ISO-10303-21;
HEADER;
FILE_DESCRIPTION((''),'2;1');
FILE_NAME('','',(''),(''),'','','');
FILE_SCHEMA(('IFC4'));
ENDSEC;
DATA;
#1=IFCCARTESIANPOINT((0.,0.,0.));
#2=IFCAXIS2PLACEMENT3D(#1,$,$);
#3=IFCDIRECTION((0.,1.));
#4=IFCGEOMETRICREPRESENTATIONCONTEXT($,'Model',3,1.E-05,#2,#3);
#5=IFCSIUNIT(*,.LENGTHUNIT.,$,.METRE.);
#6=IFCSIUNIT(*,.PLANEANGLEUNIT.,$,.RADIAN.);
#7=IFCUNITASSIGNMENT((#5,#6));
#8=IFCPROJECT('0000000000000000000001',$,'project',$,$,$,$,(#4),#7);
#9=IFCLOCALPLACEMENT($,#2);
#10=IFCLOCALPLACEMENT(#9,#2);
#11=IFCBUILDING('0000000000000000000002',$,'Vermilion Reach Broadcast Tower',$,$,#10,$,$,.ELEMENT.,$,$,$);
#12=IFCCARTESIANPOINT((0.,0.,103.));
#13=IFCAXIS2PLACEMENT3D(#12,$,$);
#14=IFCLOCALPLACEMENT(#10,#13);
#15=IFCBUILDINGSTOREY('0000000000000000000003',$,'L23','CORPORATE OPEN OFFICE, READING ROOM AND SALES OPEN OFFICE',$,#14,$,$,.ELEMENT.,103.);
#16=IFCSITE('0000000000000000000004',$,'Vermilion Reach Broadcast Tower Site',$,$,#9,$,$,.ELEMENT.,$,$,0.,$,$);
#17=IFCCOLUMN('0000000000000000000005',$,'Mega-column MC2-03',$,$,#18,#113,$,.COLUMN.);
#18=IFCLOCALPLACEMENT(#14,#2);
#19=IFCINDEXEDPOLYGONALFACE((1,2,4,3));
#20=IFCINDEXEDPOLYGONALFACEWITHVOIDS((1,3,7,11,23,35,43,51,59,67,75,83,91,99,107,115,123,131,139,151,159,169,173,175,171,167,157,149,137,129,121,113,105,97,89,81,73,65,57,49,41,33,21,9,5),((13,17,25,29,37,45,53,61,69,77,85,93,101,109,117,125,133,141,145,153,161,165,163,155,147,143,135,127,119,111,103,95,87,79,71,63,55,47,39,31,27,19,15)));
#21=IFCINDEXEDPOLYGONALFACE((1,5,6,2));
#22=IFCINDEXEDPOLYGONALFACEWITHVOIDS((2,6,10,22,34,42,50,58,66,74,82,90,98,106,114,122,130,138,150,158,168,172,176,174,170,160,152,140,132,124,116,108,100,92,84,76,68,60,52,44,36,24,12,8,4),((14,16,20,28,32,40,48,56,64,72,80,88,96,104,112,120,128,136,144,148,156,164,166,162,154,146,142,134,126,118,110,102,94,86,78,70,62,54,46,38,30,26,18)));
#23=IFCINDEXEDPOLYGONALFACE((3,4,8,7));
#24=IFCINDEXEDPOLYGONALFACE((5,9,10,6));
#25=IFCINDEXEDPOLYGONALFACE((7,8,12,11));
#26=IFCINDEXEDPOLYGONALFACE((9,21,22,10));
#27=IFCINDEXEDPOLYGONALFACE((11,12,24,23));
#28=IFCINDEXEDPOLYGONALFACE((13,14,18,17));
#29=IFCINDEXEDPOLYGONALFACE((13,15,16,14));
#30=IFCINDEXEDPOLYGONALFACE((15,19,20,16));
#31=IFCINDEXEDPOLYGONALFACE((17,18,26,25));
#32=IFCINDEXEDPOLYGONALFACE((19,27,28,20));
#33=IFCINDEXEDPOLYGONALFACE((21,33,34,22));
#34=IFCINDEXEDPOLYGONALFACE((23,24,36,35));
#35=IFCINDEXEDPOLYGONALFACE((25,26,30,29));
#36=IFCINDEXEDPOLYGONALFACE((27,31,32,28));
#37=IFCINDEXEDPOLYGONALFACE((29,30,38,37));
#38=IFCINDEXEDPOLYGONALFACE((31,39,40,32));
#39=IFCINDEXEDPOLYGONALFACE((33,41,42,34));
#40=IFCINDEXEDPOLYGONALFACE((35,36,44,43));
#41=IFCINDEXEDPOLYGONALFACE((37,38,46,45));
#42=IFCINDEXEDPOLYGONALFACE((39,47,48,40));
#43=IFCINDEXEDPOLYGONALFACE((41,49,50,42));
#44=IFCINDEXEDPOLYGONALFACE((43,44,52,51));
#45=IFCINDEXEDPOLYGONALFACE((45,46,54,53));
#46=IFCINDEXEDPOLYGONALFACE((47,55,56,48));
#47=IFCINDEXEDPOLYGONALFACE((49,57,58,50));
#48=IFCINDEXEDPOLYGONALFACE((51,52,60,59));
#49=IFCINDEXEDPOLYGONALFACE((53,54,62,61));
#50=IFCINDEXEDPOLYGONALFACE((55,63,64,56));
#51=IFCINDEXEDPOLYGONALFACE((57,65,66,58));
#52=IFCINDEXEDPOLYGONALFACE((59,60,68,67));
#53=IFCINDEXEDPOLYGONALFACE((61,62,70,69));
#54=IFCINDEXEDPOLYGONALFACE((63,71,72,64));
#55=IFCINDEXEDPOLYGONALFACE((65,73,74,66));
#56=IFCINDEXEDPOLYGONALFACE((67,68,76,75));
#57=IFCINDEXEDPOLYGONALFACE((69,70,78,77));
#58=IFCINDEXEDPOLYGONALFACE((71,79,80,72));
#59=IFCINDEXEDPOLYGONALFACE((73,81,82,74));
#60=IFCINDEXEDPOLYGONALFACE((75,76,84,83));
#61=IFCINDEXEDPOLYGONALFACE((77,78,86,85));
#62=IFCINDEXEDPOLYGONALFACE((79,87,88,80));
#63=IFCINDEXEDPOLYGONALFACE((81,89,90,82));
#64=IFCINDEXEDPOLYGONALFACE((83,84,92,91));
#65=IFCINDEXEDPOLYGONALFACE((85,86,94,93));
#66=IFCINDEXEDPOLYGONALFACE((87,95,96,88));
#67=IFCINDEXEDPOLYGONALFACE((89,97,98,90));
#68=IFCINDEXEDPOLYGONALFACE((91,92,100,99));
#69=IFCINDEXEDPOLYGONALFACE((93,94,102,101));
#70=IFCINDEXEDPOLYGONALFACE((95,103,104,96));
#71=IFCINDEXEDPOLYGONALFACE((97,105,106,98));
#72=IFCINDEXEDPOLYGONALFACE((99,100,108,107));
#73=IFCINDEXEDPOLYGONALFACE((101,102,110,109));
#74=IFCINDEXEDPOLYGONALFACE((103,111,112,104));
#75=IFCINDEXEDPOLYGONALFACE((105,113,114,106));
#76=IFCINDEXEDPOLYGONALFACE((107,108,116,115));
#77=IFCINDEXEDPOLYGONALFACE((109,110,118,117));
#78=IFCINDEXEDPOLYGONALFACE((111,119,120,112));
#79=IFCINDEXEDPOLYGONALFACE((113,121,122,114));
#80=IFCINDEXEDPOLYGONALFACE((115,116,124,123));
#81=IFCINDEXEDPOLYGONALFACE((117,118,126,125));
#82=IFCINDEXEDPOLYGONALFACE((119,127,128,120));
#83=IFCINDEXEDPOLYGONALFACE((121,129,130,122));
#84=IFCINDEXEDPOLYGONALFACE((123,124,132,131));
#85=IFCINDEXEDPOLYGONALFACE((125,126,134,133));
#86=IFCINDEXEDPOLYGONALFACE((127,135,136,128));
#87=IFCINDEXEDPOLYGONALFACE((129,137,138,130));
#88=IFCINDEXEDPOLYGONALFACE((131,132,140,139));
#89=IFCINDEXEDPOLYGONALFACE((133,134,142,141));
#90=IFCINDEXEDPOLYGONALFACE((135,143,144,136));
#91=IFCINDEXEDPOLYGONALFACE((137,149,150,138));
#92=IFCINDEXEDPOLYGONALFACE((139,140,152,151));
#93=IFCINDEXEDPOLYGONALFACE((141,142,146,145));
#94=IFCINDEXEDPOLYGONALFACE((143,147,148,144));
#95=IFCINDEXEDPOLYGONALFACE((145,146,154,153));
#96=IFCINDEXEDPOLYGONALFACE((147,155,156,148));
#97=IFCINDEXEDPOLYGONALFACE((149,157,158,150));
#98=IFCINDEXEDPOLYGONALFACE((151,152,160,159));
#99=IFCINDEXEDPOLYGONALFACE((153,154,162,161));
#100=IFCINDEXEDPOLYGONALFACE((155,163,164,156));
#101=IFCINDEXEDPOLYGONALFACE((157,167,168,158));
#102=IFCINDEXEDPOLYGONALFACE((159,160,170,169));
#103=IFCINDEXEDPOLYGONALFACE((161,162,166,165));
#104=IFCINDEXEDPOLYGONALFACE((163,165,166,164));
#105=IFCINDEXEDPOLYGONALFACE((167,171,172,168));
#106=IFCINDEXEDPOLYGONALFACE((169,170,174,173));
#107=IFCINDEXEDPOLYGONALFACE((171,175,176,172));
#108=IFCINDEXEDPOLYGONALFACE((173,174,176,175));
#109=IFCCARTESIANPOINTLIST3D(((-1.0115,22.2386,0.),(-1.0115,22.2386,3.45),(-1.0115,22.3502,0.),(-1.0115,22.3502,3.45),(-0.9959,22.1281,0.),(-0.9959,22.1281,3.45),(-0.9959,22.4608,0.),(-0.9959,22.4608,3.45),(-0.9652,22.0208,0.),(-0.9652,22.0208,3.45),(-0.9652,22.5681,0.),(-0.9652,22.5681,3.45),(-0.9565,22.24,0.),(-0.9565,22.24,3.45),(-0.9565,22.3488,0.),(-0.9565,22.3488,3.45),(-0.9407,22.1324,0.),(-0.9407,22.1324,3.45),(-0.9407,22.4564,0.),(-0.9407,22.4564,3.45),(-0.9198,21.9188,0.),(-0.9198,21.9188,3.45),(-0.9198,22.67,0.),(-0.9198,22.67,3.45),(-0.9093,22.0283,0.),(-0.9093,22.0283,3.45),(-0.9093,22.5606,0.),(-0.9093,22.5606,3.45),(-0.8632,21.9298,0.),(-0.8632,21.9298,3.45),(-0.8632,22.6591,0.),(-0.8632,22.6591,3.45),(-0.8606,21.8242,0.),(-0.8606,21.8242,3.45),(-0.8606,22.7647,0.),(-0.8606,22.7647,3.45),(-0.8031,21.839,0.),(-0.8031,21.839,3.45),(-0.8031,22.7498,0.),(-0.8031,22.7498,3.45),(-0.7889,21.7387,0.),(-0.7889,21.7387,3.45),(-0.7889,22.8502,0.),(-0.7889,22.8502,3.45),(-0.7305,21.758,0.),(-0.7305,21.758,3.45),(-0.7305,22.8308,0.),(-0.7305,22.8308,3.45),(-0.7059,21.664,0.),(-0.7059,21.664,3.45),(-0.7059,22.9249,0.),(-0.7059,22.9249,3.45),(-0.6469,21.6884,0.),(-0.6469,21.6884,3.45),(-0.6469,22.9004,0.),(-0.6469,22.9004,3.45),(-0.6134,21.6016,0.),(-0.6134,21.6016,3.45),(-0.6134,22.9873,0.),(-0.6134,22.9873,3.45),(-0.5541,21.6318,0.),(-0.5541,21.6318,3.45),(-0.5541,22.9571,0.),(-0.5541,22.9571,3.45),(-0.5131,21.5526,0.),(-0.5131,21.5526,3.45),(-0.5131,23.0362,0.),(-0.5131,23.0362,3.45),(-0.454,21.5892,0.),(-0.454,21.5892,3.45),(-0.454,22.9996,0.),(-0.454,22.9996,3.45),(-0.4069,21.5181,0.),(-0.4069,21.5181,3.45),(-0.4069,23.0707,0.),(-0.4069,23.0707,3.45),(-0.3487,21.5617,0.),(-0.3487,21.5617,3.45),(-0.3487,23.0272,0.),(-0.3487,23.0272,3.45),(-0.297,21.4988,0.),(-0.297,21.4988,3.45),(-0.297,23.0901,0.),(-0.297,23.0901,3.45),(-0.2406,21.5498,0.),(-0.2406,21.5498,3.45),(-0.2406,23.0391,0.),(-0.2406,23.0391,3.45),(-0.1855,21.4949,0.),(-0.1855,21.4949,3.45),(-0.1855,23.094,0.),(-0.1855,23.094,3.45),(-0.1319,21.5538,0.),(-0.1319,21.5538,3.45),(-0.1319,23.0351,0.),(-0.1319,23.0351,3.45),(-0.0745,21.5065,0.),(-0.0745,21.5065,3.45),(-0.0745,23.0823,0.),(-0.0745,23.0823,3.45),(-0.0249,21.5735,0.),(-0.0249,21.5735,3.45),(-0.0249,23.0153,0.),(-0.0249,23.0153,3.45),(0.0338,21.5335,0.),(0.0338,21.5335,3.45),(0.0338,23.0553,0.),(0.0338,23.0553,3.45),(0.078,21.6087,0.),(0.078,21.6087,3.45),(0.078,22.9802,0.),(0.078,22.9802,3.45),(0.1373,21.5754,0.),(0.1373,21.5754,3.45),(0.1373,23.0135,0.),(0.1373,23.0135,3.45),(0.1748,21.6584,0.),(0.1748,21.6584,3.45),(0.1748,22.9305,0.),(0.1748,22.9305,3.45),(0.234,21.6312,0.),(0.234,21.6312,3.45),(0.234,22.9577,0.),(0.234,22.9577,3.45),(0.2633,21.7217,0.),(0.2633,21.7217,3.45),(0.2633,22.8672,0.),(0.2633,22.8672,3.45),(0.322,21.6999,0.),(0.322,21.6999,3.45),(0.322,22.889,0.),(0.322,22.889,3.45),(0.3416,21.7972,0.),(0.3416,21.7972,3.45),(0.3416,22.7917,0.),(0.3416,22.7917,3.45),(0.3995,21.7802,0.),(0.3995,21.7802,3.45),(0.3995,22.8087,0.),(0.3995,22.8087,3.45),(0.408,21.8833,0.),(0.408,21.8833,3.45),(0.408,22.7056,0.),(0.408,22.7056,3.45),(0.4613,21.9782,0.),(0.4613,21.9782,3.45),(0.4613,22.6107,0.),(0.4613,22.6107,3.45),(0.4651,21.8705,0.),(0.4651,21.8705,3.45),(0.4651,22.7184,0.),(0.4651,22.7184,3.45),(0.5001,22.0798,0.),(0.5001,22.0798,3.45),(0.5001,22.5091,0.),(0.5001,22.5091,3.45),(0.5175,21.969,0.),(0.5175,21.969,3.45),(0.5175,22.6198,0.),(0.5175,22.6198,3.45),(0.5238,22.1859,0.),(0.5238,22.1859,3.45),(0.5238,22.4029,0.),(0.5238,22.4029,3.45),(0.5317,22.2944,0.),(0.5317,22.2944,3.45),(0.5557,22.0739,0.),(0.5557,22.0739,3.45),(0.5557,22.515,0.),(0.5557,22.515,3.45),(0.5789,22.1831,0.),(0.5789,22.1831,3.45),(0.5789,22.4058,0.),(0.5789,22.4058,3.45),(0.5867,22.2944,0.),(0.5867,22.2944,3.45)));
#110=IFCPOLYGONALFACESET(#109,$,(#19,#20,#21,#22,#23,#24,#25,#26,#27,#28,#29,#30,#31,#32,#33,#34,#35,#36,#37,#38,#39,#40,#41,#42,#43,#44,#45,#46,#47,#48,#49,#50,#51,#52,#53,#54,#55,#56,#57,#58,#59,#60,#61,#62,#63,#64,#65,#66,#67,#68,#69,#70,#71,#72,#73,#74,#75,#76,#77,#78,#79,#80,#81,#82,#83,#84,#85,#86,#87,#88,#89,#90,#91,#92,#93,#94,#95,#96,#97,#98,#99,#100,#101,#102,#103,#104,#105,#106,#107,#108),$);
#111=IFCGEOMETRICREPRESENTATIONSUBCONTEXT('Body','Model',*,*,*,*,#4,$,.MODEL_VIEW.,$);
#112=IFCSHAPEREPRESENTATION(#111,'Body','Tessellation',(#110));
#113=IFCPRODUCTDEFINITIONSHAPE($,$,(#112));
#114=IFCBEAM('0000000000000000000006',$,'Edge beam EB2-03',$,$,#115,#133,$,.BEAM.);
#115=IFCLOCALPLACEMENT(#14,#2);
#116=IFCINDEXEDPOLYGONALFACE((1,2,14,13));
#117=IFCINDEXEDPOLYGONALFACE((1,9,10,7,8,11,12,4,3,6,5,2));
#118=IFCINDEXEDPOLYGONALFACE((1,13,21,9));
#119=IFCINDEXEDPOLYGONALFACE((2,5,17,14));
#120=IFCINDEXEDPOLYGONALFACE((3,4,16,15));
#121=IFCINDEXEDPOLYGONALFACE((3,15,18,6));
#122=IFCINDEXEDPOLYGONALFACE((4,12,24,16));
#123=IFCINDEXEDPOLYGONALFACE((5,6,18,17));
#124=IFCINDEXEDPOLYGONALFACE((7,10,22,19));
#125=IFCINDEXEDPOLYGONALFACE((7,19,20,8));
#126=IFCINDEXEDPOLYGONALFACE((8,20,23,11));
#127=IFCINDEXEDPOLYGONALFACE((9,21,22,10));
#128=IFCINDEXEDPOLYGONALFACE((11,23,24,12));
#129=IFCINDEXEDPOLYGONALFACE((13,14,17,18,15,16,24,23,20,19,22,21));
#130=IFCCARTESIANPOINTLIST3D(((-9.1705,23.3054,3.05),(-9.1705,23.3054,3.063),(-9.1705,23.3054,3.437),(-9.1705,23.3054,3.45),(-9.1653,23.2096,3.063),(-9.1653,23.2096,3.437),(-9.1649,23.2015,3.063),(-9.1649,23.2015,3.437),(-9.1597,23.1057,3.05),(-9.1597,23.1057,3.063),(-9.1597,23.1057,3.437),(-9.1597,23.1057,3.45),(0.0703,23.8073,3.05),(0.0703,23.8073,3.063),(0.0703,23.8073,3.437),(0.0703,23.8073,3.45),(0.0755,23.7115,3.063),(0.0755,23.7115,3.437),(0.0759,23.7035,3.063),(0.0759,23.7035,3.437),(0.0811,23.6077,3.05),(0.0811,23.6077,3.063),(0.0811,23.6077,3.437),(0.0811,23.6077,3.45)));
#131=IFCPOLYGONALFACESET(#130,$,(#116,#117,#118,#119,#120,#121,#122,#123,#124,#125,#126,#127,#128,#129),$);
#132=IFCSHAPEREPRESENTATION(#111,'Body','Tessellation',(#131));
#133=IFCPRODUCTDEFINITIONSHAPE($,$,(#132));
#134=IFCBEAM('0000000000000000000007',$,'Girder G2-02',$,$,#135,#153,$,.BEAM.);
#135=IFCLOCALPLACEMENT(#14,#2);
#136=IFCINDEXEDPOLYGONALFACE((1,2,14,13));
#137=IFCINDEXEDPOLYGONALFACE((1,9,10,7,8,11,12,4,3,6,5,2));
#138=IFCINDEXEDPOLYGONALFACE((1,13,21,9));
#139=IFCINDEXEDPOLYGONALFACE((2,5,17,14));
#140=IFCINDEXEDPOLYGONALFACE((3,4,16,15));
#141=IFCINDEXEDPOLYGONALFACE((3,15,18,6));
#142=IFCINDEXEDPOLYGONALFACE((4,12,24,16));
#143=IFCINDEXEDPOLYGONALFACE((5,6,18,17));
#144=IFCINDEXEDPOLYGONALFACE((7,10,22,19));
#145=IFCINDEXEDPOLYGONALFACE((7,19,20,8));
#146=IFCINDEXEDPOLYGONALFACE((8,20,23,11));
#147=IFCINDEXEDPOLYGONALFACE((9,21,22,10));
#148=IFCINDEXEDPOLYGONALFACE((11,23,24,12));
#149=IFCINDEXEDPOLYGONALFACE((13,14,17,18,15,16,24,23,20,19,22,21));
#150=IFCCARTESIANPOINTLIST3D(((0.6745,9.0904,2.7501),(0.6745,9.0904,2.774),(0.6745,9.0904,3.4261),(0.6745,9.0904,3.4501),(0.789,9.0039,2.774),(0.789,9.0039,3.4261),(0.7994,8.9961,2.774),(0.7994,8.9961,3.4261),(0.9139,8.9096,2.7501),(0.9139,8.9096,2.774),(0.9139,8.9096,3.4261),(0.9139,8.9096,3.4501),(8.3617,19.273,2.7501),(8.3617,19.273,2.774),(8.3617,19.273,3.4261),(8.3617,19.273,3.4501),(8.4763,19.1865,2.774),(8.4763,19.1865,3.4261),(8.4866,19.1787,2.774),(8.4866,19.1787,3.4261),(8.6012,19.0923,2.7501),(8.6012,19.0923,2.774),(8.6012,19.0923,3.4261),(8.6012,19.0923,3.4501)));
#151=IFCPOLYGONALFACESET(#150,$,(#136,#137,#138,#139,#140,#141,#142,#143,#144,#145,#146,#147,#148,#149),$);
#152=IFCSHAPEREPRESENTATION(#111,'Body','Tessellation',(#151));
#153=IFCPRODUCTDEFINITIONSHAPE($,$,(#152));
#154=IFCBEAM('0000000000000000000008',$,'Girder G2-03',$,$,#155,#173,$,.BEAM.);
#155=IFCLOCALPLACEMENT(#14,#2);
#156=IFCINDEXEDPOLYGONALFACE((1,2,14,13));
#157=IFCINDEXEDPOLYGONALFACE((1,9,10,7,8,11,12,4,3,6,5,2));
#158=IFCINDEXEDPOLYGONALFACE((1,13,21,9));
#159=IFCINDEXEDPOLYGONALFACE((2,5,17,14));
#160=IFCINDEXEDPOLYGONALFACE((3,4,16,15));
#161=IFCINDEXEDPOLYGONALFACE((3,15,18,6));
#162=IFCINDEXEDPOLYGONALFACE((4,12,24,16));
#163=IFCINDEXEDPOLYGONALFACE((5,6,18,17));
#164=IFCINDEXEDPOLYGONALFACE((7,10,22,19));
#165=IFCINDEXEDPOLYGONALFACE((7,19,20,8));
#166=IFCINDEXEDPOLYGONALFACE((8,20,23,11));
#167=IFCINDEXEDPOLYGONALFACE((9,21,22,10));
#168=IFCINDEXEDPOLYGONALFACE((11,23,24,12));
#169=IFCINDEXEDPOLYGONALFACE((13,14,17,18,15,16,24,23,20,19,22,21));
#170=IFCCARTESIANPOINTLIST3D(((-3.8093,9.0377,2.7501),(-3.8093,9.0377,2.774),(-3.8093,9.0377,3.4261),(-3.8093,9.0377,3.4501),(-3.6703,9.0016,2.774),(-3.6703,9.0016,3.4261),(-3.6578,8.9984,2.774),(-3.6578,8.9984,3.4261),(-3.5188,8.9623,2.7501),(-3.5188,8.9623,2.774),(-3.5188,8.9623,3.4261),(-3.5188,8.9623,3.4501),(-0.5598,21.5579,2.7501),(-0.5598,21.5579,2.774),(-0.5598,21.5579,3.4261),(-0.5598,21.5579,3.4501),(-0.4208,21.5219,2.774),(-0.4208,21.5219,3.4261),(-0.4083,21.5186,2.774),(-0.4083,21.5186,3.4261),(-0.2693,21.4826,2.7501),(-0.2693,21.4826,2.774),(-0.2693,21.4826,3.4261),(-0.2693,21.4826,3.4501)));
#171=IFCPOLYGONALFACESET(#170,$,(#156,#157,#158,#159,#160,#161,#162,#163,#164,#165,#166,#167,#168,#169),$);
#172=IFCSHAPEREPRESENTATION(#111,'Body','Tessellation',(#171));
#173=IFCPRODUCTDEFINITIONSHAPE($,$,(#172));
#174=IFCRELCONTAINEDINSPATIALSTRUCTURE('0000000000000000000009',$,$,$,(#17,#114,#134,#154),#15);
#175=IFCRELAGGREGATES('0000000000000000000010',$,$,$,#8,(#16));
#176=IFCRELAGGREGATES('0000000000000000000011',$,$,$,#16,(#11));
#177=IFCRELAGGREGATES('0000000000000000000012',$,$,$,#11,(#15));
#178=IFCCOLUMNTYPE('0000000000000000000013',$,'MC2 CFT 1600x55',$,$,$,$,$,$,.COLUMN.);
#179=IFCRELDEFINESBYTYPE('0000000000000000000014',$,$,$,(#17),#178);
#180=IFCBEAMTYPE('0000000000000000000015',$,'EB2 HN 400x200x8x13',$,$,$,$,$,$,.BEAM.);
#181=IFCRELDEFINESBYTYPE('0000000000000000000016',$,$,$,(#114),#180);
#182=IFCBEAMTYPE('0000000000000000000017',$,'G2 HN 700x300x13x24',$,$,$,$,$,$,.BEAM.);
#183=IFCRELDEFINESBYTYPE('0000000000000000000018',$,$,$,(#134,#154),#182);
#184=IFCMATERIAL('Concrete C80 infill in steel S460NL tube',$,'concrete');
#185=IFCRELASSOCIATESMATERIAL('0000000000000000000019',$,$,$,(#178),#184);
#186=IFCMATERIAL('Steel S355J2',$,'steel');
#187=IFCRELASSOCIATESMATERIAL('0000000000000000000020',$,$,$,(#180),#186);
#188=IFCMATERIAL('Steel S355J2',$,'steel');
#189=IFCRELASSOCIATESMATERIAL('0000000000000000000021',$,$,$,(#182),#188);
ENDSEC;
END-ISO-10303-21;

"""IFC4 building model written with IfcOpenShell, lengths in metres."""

from ifc_helpers import new_model, si_unit, direction, frame, origin, origin_2d, place, context, subcontext, project, spatial, hollow_circle, i_section, extrude, material, material_profile, profile_set, type_object, element, save


model = new_model("IFC4")

# Units and contexts
model_context = context("Model", 3, precision=1e-05, world=origin(), true_north=direction((0.0, 1.0)))
body_context = subcontext(model_context, "Body", "Model", "MODEL_VIEW")
ifc_project = project(units=[si_unit("LENGTHUNIT", "METRE"), si_unit("PLANEANGLEUNIT", "RADIAN")], contexts=[model_context])

# Site, building, storey
site_placement = place(None, origin())
site = spatial("IfcSite", under=ifc_project, at=site_placement, Name="Vermilion Reach Broadcast Tower Site", CompositionType="ELEMENT", RefElevation=0.0)
building_placement = place(site_placement, origin())
building = spatial("IfcBuilding", under=site, at=building_placement, Name="Vermilion Reach Broadcast Tower", CompositionType="ELEMENT")
storey_placement = place(building_placement, frame((0.0, 0.0, 103.0)))
storey = spatial("IfcBuildingStorey", under=building, at=storey_placement, Name="L23", Description="CORPORATE OPEN OFFICE, READING ROOM AND SALES OPEN OFFICE", CompositionType="ELEMENT", Elevation=103.0)

# Column
ifc_material_1 = material(Name="Concrete C80 infill in steel S460NL tube", Category="concrete")
ifc_material_profile_1 = material_profile(ifc_material_1, hollow_circle(Radius=0.8, WallThickness=0.0549, at=origin_2d()), Name="Concrete C80 infill in steel S460NL tube CFT 1600x55")
ifc_profile_set_1 = profile_set([ifc_material_profile_1], Name="Concrete C80 infill in steel S460NL tube")
column_type = type_object("IfcColumnType", Name="MC2 CFT 1600x55", PredefinedType="COLUMN", material=ifc_profile_set_1)
column_placement = place(storey_placement, frame((-0.2134, 22.2944, 0.0), z_axis=(0.0, 0.0, 1.0), x_axis=(1.0, 0.0, 0.0)))
element("IfcColumn", 1, at=column_placement, inside=storey, type_object=column_type, Name="Mega-column MC2-03", PredefinedType="COLUMN", context=body_context, shape_type="SweptSolid", body=[
    extrude(hollow_circle(Radius=0.8, WallThickness=0.0549, at=origin_2d()), origin(), (0.0, 0.0, 1.0), 3.45),
])

# Beams
ifc_material_2 = material(Name="Steel S355J2", Category="steel")
ifc_material_profile_2 = material_profile(ifc_material_2, i_section(OverallWidth=0.2, OverallDepth=0.3999, WebThickness=0.0081, FlangeThickness=0.0129, at=origin_2d()), Name="S355J2 HN 400x200x8x13")
ifc_profile_set_2 = profile_set([ifc_material_profile_2], Name="Steel S355J2")
beam_type_1 = type_object("IfcBeamType", Name="EB2 HN 400x200x8x13", PredefinedType="BEAM", material=ifc_profile_set_2)
beam_1_placement = place(storey_placement, frame((0.0757, 23.7075, 3.25), z_axis=(-0.998528, -0.05424, 0.0), x_axis=(0.05424, -0.998528, 0.0)))
element("IfcBeam", 2, at=beam_1_placement, inside=storey, type_object=beam_type_1, Name="Edge beam EB2-03", PredefinedType="BEAM", context=body_context, shape_type="SweptSolid", body=[
    extrude(i_section(OverallWidth=0.2, OverallDepth=0.3999, WebThickness=0.0081, FlangeThickness=0.0129, at=origin_2d()), origin(), (0.0, 0.0, 1.0), 9.2544),
])
ifc_material_3 = material(Name="Steel S355J2", Category="steel")
ifc_material_profile_3 = material_profile(ifc_material_3, i_section(OverallWidth=0.3, OverallDepth=0.7, WebThickness=0.0129, FlangeThickness=0.0239, at=origin_2d()), Name="S355J2 HN 700x300x13x24")
ifc_profile_set_3 = profile_set([ifc_material_profile_3], Name="Steel S355J2")
beam_type_2 = type_object("IfcBeamType", Name="G2 HN 700x300x13x24", PredefinedType="BEAM", material=ifc_profile_set_3)
beam_2_placement = place(storey_placement, frame((0.7942, 9.0, 3.1001), z_axis=(0.60252, 0.798104, 0.0), x_axis=(-0.798104, 0.60252, 0.0)))
element("IfcBeam", 3, at=beam_2_placement, inside=storey, type_object=beam_type_2, Name="Girder G2-02", PredefinedType="BEAM", context=body_context, shape_type="SweptSolid", body=[
    extrude(i_section(OverallWidth=0.3, OverallDepth=0.7, WebThickness=0.0129, FlangeThickness=0.0239, at=origin_2d()), origin(), (0.0, 0.0, 1.0), 12.7585),
])
beam_3_placement = place(storey_placement, frame((-3.6641, 9.0, 3.1001), z_axis=(0.251217, 0.967931, 0.0), x_axis=(-0.967931, 0.251217, 0.0)))
element("IfcBeam", 4, at=beam_3_placement, inside=storey, type_object=beam_type_2, Name="Girder G2-03", PredefinedType="BEAM", context=body_context, shape_type="SweptSolid", body=[
    extrude(i_section(OverallWidth=0.3, OverallDepth=0.7, WebThickness=0.0129, FlangeThickness=0.0239, at=origin_2d()), origin(), (0.0, 0.0, 1.0), 12.9351),
])

save(model, "model.ifc")
